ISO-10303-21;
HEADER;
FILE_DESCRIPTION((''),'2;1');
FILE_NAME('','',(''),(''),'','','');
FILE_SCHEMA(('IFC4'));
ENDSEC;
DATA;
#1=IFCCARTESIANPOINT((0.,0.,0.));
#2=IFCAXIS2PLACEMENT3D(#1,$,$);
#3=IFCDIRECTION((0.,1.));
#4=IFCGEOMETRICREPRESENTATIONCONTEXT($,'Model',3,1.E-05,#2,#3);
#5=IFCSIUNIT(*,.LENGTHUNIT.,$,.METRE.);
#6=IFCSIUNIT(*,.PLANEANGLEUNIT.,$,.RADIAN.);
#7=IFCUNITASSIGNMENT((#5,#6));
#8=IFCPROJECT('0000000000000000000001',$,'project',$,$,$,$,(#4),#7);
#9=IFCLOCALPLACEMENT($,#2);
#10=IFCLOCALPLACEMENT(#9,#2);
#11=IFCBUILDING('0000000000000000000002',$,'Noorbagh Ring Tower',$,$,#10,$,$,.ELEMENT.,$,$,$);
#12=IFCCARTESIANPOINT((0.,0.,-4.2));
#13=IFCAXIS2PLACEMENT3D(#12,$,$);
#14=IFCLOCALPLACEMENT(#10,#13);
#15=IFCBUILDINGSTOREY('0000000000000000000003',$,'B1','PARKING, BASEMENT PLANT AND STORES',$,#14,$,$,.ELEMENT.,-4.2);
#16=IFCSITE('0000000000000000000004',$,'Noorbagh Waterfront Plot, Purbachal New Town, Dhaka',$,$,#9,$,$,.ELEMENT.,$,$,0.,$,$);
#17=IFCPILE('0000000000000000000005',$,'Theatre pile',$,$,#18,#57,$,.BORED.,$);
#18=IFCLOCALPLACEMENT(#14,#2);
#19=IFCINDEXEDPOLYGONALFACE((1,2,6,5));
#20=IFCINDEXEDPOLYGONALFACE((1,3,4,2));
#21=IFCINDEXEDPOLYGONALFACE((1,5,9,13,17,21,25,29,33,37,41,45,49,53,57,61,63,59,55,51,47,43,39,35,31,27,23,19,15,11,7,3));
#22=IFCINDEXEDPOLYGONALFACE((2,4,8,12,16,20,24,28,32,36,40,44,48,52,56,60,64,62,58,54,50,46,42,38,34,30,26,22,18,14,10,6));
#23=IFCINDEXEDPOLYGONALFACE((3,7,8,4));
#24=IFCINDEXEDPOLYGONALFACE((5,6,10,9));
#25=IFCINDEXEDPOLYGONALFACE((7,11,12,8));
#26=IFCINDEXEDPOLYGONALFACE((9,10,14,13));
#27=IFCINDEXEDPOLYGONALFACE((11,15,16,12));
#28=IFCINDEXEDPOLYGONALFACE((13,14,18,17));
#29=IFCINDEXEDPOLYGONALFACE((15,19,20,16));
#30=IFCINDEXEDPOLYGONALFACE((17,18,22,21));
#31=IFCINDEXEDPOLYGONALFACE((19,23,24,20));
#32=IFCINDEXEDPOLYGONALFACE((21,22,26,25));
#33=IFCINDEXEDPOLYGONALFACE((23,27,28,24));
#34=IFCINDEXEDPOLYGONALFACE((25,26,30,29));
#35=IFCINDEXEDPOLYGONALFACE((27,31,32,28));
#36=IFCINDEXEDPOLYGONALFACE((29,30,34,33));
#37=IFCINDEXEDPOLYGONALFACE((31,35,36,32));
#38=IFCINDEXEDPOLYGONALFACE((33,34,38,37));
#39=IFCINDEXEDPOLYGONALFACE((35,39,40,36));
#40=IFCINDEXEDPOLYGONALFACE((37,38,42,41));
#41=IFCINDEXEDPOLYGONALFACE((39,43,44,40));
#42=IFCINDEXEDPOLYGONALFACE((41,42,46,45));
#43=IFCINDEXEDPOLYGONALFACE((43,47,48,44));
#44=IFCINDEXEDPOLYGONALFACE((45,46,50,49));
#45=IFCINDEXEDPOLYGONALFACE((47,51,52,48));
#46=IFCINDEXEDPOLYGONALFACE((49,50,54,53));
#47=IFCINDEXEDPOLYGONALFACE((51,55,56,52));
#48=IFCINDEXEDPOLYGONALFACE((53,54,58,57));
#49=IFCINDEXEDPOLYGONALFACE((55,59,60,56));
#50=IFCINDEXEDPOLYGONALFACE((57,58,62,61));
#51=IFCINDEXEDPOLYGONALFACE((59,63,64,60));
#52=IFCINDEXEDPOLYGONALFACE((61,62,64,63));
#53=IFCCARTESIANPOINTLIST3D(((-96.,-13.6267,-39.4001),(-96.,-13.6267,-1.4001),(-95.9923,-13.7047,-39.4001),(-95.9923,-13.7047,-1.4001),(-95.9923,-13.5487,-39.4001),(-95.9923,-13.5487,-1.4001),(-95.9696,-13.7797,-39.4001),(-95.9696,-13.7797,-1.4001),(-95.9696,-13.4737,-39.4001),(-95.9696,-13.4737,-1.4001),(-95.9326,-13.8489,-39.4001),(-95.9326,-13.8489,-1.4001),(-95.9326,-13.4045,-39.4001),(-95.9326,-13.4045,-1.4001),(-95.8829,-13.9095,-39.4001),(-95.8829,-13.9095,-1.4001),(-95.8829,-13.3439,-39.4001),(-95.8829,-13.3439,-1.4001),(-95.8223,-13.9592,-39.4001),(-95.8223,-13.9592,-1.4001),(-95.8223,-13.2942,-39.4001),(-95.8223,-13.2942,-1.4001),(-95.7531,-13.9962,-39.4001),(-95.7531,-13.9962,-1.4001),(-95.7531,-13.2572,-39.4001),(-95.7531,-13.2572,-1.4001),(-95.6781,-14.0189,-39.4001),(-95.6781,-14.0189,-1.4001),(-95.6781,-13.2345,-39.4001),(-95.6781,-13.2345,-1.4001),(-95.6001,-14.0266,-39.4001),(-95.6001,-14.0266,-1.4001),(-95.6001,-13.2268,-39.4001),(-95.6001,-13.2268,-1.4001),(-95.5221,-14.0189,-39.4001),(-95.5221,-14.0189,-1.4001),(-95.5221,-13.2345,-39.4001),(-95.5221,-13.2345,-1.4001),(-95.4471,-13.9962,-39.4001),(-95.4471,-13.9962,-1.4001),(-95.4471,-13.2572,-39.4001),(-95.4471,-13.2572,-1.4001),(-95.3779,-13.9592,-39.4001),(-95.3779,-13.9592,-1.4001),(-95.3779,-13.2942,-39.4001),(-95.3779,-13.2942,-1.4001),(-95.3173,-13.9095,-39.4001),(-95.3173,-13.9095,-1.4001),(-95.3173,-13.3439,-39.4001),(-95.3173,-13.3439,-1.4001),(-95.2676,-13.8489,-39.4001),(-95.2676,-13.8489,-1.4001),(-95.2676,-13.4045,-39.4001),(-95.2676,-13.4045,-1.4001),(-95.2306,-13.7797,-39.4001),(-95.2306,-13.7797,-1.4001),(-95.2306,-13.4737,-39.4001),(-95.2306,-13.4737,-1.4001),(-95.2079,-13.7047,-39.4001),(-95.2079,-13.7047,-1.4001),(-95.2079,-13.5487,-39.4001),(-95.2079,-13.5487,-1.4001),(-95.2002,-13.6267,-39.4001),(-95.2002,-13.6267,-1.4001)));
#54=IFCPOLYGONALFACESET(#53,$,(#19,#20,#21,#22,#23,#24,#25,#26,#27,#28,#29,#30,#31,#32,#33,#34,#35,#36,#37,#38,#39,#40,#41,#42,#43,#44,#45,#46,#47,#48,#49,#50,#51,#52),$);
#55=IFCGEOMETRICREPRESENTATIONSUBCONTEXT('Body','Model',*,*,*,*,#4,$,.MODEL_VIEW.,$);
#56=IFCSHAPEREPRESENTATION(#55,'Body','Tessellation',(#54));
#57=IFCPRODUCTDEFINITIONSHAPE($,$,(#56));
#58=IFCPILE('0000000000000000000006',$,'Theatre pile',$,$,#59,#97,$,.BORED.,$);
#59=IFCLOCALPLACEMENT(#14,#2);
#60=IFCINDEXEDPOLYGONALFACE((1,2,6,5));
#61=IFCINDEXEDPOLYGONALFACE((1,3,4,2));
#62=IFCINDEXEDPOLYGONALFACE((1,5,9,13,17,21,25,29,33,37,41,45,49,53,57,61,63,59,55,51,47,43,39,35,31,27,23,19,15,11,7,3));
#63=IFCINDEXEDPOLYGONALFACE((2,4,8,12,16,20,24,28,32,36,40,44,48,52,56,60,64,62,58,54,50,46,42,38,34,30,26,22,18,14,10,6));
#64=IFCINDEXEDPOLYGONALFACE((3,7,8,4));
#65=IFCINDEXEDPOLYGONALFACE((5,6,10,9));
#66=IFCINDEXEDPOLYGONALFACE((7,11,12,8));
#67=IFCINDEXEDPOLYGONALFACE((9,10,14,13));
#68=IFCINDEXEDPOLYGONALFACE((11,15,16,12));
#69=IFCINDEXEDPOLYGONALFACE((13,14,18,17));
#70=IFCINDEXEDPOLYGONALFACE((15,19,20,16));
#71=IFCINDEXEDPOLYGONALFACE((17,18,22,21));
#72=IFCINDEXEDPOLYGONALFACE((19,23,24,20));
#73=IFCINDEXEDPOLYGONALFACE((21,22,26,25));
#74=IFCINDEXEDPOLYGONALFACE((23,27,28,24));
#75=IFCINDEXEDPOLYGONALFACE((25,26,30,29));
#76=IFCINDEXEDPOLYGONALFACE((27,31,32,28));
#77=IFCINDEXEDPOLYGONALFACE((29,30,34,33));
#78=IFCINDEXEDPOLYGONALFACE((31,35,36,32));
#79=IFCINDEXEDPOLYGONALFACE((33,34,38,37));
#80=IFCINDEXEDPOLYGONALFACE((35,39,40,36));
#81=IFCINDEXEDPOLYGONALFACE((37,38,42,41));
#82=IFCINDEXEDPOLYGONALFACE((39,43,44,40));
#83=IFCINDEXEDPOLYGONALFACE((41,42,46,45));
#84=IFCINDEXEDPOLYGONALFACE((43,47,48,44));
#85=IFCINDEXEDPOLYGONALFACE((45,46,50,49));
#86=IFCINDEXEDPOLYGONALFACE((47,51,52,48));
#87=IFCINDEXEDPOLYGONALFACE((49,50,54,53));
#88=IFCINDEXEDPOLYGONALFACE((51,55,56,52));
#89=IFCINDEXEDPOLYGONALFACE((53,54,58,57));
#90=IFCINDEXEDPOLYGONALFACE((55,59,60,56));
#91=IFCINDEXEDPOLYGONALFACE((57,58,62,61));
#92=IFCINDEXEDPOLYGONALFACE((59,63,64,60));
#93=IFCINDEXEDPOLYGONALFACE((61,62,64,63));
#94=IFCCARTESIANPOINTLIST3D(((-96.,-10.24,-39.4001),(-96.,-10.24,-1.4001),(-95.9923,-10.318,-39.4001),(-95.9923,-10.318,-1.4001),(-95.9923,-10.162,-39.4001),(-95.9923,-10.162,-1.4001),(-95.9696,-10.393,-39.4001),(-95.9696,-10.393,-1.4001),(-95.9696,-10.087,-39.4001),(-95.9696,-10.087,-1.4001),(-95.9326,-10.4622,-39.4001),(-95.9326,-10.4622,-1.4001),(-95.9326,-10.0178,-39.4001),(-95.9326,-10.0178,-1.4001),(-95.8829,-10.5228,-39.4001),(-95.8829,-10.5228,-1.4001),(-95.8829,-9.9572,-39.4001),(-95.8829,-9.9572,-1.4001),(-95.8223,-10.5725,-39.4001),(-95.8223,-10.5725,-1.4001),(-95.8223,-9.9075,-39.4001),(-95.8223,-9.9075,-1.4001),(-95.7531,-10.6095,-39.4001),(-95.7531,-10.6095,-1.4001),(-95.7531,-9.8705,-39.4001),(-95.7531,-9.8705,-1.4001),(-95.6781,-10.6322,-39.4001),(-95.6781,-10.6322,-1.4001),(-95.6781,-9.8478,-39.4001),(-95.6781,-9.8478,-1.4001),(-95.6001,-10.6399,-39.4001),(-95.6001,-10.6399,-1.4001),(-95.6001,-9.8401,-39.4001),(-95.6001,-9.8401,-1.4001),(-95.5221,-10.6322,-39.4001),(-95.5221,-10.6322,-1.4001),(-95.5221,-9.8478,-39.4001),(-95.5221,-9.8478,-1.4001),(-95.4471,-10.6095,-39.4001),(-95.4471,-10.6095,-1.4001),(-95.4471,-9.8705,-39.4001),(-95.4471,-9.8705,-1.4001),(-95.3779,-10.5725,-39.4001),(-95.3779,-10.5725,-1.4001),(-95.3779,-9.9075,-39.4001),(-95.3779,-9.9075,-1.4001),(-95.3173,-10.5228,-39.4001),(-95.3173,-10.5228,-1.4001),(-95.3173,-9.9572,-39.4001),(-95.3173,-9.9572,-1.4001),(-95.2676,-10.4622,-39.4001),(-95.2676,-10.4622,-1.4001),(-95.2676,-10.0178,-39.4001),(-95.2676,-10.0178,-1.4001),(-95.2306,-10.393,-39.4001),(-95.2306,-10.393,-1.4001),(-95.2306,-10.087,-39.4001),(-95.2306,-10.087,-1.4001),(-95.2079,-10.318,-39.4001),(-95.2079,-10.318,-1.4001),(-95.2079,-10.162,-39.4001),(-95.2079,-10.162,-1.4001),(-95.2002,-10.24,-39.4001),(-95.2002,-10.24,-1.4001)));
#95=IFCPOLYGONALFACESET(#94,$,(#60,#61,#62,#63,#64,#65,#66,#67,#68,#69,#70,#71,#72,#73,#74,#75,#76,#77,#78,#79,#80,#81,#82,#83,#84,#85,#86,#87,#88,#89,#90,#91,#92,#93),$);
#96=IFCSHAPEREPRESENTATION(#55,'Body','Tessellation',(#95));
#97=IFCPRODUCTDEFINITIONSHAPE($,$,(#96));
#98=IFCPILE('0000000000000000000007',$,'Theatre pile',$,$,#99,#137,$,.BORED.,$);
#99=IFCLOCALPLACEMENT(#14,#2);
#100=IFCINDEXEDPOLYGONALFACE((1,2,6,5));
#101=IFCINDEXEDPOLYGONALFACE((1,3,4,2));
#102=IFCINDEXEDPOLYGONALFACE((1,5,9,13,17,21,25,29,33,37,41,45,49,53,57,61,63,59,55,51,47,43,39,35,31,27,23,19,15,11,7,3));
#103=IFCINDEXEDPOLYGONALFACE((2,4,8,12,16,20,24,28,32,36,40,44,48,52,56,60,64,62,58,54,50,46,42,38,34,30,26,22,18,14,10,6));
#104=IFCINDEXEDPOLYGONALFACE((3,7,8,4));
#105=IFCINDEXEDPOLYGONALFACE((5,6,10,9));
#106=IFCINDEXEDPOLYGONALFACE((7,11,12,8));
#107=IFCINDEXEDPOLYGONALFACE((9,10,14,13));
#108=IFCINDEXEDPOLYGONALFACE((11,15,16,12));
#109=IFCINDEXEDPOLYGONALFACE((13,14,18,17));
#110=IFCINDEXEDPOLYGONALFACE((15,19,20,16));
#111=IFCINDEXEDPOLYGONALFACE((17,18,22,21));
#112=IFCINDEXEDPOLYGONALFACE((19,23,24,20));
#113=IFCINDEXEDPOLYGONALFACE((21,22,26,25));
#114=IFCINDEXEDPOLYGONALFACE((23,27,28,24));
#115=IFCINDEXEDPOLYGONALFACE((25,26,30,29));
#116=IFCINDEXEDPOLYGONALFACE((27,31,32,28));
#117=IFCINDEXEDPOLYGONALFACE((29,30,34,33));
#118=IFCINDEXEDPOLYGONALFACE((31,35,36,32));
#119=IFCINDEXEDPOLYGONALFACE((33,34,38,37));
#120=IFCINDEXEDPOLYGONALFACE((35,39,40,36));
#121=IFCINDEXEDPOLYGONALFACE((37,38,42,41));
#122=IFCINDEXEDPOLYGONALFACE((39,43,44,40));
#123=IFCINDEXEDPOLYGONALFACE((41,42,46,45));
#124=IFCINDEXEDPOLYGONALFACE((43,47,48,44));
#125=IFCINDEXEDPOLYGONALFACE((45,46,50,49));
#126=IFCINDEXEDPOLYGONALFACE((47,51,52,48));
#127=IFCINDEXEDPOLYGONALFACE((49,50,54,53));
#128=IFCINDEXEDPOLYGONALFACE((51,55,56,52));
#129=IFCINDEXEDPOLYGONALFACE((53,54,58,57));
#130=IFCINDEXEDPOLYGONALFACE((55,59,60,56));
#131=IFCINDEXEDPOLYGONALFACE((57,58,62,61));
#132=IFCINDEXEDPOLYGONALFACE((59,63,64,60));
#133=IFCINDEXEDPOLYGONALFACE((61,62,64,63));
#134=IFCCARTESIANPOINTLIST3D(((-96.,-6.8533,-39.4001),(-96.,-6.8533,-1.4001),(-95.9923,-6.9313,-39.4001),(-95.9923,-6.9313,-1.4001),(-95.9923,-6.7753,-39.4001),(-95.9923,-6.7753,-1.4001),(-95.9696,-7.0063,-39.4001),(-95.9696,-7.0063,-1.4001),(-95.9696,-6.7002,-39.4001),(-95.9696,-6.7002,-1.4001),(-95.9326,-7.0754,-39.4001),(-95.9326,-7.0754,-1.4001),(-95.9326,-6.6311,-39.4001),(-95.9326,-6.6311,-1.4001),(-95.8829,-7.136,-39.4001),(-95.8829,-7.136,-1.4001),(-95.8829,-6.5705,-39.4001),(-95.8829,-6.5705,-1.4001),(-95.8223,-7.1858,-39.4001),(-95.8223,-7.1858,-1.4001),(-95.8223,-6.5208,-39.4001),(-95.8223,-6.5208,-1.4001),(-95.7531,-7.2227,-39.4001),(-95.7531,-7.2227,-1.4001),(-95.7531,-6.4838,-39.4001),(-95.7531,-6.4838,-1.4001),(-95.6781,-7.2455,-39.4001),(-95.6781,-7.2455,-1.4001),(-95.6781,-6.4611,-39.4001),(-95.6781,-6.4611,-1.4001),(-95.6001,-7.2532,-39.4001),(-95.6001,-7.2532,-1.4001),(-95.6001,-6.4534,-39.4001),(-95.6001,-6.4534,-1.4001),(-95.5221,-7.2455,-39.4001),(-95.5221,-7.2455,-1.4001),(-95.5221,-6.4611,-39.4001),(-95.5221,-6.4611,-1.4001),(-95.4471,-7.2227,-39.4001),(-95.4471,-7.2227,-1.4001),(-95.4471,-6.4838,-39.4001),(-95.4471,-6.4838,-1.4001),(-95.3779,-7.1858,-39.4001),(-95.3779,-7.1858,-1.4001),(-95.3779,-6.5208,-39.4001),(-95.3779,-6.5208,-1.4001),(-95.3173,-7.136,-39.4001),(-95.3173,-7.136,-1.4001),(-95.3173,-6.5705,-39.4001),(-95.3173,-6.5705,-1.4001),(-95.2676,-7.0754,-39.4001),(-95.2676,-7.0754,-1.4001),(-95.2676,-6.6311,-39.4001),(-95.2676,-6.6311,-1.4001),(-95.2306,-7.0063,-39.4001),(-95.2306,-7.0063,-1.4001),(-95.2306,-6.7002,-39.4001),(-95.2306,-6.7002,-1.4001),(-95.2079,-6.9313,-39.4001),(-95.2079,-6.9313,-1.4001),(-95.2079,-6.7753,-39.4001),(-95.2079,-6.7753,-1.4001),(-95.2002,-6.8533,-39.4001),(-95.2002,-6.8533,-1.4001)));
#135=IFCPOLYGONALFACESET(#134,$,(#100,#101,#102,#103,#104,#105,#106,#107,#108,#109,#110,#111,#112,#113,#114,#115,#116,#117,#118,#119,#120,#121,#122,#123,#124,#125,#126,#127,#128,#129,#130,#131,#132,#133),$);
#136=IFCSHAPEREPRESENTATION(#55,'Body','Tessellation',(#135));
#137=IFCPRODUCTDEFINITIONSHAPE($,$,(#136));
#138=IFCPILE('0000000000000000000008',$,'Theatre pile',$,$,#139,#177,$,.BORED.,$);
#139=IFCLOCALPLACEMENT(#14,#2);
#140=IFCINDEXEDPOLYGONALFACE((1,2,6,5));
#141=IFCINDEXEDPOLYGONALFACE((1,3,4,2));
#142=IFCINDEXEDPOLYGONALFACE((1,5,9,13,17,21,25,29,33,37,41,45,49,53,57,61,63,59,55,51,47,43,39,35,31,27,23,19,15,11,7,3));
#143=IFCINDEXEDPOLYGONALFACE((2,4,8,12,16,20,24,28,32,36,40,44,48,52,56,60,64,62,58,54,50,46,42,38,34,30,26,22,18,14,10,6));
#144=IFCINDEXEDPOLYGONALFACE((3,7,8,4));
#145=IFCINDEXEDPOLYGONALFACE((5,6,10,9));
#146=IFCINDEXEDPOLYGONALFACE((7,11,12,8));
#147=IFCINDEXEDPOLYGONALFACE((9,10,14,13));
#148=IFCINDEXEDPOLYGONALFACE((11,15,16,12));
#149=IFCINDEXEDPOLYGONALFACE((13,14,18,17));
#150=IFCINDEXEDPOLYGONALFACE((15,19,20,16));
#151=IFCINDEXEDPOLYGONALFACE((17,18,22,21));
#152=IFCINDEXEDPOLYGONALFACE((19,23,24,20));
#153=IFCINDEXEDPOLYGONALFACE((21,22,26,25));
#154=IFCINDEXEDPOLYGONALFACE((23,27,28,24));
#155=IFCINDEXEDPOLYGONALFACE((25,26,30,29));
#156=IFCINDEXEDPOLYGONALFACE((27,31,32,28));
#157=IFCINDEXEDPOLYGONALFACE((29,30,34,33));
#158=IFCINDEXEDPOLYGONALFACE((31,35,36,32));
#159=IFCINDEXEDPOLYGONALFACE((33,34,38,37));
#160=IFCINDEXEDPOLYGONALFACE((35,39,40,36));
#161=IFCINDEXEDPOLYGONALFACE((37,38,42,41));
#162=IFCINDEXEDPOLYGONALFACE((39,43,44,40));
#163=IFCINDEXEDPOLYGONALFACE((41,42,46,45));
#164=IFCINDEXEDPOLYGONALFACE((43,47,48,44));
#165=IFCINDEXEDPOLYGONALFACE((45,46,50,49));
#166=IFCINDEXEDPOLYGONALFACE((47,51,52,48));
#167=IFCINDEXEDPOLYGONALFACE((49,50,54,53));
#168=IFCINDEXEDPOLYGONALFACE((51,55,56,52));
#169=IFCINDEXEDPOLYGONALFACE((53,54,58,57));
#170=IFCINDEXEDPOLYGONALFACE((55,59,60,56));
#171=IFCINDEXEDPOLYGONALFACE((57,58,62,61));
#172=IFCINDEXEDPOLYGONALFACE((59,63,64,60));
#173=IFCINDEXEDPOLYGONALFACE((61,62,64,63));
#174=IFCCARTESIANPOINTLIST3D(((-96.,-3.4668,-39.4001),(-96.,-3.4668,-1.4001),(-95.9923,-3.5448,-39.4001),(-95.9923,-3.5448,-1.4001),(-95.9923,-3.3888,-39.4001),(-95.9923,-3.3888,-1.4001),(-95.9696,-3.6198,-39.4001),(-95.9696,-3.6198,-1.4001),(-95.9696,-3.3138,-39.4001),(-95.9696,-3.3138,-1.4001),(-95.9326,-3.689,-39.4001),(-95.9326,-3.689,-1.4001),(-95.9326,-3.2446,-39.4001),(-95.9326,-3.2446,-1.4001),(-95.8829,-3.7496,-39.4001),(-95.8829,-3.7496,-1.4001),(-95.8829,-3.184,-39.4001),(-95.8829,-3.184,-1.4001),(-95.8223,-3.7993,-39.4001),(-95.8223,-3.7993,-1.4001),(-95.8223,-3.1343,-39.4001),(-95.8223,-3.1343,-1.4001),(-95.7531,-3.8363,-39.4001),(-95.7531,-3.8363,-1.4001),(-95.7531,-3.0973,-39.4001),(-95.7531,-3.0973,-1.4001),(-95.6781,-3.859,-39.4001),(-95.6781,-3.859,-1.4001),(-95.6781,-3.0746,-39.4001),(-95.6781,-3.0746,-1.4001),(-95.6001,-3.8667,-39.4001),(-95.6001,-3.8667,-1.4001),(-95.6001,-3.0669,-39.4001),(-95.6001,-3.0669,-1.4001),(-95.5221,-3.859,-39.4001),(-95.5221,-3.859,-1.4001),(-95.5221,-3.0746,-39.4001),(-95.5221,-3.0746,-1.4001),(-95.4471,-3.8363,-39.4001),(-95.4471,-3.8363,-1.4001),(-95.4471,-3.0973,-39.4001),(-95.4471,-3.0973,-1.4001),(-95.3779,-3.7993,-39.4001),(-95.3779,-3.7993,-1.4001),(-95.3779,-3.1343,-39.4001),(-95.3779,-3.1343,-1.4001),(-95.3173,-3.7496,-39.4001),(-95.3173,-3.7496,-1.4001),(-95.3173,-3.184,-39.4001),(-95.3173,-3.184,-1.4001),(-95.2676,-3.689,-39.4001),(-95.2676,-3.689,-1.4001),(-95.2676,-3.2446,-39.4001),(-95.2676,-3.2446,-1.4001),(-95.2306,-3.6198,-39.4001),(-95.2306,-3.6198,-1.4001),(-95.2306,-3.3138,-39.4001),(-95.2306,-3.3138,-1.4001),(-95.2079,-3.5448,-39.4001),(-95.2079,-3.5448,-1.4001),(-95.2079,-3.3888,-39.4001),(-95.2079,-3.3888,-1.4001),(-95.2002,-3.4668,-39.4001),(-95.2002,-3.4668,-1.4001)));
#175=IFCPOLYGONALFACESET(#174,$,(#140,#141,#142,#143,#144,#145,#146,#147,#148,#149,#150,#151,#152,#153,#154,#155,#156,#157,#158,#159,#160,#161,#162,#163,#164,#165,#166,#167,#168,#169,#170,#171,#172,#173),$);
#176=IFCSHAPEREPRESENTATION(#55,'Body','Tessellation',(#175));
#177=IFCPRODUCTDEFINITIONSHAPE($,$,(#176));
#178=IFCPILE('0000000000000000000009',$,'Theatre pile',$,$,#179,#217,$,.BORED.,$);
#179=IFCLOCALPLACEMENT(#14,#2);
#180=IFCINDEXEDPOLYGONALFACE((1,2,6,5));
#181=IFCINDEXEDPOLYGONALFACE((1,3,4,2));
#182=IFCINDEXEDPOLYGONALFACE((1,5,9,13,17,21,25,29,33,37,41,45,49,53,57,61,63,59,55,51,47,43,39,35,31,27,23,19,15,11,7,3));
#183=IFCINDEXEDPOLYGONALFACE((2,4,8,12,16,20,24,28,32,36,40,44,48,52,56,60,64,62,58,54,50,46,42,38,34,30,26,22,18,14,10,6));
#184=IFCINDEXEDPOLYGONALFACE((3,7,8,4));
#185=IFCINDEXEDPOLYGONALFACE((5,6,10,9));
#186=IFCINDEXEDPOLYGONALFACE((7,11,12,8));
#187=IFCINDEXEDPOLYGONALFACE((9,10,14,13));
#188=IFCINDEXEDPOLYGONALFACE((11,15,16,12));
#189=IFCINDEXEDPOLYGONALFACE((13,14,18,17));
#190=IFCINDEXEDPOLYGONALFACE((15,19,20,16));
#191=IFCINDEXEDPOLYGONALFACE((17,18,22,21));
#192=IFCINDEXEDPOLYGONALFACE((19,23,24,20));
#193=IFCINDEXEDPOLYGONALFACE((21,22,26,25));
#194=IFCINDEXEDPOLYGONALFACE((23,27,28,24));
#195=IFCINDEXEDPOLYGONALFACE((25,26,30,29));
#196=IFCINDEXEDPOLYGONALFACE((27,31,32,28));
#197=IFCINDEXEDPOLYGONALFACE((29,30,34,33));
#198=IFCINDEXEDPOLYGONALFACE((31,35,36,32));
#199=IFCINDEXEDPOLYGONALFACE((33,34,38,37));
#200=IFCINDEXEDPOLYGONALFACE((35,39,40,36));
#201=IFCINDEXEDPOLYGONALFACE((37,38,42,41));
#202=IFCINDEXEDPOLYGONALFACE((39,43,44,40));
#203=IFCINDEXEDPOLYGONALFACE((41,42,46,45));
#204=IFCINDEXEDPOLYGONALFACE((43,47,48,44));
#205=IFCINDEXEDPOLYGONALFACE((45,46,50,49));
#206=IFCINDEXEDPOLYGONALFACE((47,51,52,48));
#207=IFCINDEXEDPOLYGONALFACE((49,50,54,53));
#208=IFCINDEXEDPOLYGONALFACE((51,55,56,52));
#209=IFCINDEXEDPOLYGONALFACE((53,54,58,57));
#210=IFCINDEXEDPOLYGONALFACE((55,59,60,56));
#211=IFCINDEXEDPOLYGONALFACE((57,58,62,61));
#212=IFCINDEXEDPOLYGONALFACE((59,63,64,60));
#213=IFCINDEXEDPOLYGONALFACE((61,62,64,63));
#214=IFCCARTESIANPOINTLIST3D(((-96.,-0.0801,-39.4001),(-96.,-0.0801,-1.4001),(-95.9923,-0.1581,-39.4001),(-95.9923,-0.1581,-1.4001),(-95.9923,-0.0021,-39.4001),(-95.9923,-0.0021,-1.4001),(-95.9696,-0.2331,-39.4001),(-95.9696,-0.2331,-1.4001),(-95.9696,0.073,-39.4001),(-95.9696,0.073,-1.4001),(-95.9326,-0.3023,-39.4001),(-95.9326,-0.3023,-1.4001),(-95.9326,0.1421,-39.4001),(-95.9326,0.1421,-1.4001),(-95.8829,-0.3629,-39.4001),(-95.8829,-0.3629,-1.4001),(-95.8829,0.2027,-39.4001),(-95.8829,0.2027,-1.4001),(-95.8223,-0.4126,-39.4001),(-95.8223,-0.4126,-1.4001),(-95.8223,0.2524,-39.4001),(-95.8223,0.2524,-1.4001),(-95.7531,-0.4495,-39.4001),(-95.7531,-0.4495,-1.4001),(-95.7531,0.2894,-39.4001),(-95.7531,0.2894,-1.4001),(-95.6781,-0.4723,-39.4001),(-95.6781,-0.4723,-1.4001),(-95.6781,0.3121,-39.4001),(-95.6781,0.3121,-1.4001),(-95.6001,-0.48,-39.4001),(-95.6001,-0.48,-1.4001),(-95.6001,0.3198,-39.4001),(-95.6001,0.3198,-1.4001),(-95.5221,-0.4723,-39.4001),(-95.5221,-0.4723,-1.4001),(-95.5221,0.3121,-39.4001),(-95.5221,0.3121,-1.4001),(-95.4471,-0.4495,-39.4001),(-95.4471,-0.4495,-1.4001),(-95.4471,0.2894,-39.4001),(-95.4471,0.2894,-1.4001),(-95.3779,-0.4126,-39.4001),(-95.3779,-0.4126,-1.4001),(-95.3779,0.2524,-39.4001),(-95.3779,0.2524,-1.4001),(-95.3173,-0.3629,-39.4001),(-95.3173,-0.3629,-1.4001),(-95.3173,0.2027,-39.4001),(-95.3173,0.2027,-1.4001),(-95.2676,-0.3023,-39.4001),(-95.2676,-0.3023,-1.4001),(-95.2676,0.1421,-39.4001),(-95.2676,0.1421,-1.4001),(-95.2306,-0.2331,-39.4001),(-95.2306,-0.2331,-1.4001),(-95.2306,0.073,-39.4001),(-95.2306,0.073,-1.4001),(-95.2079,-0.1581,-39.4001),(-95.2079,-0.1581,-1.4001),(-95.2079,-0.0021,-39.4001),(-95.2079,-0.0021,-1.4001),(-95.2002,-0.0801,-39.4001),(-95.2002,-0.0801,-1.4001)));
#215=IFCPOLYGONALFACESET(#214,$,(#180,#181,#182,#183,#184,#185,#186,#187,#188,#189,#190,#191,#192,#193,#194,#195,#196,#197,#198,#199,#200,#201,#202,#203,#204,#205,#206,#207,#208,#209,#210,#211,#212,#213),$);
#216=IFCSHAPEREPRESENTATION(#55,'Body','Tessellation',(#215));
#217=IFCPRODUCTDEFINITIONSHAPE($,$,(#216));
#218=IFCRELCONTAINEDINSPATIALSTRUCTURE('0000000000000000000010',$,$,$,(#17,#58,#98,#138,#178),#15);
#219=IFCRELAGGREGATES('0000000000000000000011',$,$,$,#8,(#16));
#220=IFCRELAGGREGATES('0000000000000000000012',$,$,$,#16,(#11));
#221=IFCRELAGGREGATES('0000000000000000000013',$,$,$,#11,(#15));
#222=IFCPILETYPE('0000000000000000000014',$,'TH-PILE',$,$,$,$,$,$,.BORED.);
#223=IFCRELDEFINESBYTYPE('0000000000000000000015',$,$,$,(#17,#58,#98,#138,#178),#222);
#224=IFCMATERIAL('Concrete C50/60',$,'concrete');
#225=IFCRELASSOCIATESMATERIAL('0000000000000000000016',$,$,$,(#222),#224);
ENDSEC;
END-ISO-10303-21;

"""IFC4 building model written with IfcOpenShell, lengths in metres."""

from ifc_helpers import new_model, si_unit, direction, frame, origin, origin_2d, place, context, subcontext, project, spatial, circle, extrude, material, material_profile, profile_set, type_object, element, save


model = new_model("IFC4")

# Units and contexts
model_context = context("Model", 3, precision=1e-05, world=origin(), true_north=direction((0.0, 1.0)))
body_context = subcontext(model_context, "Body", "Model", "MODEL_VIEW")
ifc_project = project(units=[si_unit("LENGTHUNIT", "METRE"), si_unit("PLANEANGLEUNIT", "RADIAN")], contexts=[model_context])

# Site, building, storey
site_placement = place(None, origin())
site = spatial("IfcSite", under=ifc_project, at=site_placement, Name="Noorbagh Waterfront Plot, Purbachal New Town, Dhaka", CompositionType="ELEMENT", RefElevation=0.0)
building_placement = place(site_placement, origin())
building = spatial("IfcBuilding", under=site, at=building_placement, Name="Noorbagh Ring Tower", CompositionType="ELEMENT")
storey_placement = place(building_placement, frame((0.0, 0.0, -4.2)))
storey = spatial("IfcBuildingStorey", under=building, at=storey_placement, Name="B1", Description="PARKING, BASEMENT PLANT AND STORES", CompositionType="ELEMENT", Elevation=-4.2)

# Piles
ifc_material_1 = material(Name="Concrete C50/60", Category="concrete")
ifc_material_profile_1 = material_profile(ifc_material_1, circle(Radius=0.3999, at=origin_2d()), Name="PILE800")
ifc_profile_set_1 = profile_set([ifc_material_profile_1], Name="Concrete C50/60")
pile_type = type_object("IfcPileType", Name="TH-PILE", PredefinedType="BORED", material=ifc_profile_set_1)
for number, where, z_axis, x_axis, name in (
    (1, (-95.6001, -13.6267, -1.4001), (0.0, 0.0, -1.0), (1.0, 0.0, 0.0), "Theatre pile"),
    (2, (-95.6001, -10.24, -1.4001), (0.0, 0.0, -1.0), (1.0, 0.0, 0.0), "Theatre pile"),
    (3, (-95.6001, -6.8533, -1.4001), (0.0, 0.0, -1.0), (1.0, 0.0, 0.0), "Theatre pile"),
    (4, (-95.6001, -3.4668, -1.4001), (0.0, 0.0, -1.0), (1.0, 0.0, 0.0), "Theatre pile"),
    (5, (-95.6001, -0.0801, -1.4001), (0.0, 0.0, -1.0), (1.0, 0.0, 0.0), "Theatre pile"),
):
    element("IfcPile", number, at=place(storey_placement, frame(where, z_axis=z_axis, x_axis=x_axis)), inside=storey, type_object=pile_type, Name=name, PredefinedType="BORED", context=body_context, shape_type="SweptSolid", body=[
        extrude(circle(Radius=0.3999, at=origin_2d()), origin(), (0.0, 0.0, 1.0), 38.0),
    ])

save(model, "model.ifc")
